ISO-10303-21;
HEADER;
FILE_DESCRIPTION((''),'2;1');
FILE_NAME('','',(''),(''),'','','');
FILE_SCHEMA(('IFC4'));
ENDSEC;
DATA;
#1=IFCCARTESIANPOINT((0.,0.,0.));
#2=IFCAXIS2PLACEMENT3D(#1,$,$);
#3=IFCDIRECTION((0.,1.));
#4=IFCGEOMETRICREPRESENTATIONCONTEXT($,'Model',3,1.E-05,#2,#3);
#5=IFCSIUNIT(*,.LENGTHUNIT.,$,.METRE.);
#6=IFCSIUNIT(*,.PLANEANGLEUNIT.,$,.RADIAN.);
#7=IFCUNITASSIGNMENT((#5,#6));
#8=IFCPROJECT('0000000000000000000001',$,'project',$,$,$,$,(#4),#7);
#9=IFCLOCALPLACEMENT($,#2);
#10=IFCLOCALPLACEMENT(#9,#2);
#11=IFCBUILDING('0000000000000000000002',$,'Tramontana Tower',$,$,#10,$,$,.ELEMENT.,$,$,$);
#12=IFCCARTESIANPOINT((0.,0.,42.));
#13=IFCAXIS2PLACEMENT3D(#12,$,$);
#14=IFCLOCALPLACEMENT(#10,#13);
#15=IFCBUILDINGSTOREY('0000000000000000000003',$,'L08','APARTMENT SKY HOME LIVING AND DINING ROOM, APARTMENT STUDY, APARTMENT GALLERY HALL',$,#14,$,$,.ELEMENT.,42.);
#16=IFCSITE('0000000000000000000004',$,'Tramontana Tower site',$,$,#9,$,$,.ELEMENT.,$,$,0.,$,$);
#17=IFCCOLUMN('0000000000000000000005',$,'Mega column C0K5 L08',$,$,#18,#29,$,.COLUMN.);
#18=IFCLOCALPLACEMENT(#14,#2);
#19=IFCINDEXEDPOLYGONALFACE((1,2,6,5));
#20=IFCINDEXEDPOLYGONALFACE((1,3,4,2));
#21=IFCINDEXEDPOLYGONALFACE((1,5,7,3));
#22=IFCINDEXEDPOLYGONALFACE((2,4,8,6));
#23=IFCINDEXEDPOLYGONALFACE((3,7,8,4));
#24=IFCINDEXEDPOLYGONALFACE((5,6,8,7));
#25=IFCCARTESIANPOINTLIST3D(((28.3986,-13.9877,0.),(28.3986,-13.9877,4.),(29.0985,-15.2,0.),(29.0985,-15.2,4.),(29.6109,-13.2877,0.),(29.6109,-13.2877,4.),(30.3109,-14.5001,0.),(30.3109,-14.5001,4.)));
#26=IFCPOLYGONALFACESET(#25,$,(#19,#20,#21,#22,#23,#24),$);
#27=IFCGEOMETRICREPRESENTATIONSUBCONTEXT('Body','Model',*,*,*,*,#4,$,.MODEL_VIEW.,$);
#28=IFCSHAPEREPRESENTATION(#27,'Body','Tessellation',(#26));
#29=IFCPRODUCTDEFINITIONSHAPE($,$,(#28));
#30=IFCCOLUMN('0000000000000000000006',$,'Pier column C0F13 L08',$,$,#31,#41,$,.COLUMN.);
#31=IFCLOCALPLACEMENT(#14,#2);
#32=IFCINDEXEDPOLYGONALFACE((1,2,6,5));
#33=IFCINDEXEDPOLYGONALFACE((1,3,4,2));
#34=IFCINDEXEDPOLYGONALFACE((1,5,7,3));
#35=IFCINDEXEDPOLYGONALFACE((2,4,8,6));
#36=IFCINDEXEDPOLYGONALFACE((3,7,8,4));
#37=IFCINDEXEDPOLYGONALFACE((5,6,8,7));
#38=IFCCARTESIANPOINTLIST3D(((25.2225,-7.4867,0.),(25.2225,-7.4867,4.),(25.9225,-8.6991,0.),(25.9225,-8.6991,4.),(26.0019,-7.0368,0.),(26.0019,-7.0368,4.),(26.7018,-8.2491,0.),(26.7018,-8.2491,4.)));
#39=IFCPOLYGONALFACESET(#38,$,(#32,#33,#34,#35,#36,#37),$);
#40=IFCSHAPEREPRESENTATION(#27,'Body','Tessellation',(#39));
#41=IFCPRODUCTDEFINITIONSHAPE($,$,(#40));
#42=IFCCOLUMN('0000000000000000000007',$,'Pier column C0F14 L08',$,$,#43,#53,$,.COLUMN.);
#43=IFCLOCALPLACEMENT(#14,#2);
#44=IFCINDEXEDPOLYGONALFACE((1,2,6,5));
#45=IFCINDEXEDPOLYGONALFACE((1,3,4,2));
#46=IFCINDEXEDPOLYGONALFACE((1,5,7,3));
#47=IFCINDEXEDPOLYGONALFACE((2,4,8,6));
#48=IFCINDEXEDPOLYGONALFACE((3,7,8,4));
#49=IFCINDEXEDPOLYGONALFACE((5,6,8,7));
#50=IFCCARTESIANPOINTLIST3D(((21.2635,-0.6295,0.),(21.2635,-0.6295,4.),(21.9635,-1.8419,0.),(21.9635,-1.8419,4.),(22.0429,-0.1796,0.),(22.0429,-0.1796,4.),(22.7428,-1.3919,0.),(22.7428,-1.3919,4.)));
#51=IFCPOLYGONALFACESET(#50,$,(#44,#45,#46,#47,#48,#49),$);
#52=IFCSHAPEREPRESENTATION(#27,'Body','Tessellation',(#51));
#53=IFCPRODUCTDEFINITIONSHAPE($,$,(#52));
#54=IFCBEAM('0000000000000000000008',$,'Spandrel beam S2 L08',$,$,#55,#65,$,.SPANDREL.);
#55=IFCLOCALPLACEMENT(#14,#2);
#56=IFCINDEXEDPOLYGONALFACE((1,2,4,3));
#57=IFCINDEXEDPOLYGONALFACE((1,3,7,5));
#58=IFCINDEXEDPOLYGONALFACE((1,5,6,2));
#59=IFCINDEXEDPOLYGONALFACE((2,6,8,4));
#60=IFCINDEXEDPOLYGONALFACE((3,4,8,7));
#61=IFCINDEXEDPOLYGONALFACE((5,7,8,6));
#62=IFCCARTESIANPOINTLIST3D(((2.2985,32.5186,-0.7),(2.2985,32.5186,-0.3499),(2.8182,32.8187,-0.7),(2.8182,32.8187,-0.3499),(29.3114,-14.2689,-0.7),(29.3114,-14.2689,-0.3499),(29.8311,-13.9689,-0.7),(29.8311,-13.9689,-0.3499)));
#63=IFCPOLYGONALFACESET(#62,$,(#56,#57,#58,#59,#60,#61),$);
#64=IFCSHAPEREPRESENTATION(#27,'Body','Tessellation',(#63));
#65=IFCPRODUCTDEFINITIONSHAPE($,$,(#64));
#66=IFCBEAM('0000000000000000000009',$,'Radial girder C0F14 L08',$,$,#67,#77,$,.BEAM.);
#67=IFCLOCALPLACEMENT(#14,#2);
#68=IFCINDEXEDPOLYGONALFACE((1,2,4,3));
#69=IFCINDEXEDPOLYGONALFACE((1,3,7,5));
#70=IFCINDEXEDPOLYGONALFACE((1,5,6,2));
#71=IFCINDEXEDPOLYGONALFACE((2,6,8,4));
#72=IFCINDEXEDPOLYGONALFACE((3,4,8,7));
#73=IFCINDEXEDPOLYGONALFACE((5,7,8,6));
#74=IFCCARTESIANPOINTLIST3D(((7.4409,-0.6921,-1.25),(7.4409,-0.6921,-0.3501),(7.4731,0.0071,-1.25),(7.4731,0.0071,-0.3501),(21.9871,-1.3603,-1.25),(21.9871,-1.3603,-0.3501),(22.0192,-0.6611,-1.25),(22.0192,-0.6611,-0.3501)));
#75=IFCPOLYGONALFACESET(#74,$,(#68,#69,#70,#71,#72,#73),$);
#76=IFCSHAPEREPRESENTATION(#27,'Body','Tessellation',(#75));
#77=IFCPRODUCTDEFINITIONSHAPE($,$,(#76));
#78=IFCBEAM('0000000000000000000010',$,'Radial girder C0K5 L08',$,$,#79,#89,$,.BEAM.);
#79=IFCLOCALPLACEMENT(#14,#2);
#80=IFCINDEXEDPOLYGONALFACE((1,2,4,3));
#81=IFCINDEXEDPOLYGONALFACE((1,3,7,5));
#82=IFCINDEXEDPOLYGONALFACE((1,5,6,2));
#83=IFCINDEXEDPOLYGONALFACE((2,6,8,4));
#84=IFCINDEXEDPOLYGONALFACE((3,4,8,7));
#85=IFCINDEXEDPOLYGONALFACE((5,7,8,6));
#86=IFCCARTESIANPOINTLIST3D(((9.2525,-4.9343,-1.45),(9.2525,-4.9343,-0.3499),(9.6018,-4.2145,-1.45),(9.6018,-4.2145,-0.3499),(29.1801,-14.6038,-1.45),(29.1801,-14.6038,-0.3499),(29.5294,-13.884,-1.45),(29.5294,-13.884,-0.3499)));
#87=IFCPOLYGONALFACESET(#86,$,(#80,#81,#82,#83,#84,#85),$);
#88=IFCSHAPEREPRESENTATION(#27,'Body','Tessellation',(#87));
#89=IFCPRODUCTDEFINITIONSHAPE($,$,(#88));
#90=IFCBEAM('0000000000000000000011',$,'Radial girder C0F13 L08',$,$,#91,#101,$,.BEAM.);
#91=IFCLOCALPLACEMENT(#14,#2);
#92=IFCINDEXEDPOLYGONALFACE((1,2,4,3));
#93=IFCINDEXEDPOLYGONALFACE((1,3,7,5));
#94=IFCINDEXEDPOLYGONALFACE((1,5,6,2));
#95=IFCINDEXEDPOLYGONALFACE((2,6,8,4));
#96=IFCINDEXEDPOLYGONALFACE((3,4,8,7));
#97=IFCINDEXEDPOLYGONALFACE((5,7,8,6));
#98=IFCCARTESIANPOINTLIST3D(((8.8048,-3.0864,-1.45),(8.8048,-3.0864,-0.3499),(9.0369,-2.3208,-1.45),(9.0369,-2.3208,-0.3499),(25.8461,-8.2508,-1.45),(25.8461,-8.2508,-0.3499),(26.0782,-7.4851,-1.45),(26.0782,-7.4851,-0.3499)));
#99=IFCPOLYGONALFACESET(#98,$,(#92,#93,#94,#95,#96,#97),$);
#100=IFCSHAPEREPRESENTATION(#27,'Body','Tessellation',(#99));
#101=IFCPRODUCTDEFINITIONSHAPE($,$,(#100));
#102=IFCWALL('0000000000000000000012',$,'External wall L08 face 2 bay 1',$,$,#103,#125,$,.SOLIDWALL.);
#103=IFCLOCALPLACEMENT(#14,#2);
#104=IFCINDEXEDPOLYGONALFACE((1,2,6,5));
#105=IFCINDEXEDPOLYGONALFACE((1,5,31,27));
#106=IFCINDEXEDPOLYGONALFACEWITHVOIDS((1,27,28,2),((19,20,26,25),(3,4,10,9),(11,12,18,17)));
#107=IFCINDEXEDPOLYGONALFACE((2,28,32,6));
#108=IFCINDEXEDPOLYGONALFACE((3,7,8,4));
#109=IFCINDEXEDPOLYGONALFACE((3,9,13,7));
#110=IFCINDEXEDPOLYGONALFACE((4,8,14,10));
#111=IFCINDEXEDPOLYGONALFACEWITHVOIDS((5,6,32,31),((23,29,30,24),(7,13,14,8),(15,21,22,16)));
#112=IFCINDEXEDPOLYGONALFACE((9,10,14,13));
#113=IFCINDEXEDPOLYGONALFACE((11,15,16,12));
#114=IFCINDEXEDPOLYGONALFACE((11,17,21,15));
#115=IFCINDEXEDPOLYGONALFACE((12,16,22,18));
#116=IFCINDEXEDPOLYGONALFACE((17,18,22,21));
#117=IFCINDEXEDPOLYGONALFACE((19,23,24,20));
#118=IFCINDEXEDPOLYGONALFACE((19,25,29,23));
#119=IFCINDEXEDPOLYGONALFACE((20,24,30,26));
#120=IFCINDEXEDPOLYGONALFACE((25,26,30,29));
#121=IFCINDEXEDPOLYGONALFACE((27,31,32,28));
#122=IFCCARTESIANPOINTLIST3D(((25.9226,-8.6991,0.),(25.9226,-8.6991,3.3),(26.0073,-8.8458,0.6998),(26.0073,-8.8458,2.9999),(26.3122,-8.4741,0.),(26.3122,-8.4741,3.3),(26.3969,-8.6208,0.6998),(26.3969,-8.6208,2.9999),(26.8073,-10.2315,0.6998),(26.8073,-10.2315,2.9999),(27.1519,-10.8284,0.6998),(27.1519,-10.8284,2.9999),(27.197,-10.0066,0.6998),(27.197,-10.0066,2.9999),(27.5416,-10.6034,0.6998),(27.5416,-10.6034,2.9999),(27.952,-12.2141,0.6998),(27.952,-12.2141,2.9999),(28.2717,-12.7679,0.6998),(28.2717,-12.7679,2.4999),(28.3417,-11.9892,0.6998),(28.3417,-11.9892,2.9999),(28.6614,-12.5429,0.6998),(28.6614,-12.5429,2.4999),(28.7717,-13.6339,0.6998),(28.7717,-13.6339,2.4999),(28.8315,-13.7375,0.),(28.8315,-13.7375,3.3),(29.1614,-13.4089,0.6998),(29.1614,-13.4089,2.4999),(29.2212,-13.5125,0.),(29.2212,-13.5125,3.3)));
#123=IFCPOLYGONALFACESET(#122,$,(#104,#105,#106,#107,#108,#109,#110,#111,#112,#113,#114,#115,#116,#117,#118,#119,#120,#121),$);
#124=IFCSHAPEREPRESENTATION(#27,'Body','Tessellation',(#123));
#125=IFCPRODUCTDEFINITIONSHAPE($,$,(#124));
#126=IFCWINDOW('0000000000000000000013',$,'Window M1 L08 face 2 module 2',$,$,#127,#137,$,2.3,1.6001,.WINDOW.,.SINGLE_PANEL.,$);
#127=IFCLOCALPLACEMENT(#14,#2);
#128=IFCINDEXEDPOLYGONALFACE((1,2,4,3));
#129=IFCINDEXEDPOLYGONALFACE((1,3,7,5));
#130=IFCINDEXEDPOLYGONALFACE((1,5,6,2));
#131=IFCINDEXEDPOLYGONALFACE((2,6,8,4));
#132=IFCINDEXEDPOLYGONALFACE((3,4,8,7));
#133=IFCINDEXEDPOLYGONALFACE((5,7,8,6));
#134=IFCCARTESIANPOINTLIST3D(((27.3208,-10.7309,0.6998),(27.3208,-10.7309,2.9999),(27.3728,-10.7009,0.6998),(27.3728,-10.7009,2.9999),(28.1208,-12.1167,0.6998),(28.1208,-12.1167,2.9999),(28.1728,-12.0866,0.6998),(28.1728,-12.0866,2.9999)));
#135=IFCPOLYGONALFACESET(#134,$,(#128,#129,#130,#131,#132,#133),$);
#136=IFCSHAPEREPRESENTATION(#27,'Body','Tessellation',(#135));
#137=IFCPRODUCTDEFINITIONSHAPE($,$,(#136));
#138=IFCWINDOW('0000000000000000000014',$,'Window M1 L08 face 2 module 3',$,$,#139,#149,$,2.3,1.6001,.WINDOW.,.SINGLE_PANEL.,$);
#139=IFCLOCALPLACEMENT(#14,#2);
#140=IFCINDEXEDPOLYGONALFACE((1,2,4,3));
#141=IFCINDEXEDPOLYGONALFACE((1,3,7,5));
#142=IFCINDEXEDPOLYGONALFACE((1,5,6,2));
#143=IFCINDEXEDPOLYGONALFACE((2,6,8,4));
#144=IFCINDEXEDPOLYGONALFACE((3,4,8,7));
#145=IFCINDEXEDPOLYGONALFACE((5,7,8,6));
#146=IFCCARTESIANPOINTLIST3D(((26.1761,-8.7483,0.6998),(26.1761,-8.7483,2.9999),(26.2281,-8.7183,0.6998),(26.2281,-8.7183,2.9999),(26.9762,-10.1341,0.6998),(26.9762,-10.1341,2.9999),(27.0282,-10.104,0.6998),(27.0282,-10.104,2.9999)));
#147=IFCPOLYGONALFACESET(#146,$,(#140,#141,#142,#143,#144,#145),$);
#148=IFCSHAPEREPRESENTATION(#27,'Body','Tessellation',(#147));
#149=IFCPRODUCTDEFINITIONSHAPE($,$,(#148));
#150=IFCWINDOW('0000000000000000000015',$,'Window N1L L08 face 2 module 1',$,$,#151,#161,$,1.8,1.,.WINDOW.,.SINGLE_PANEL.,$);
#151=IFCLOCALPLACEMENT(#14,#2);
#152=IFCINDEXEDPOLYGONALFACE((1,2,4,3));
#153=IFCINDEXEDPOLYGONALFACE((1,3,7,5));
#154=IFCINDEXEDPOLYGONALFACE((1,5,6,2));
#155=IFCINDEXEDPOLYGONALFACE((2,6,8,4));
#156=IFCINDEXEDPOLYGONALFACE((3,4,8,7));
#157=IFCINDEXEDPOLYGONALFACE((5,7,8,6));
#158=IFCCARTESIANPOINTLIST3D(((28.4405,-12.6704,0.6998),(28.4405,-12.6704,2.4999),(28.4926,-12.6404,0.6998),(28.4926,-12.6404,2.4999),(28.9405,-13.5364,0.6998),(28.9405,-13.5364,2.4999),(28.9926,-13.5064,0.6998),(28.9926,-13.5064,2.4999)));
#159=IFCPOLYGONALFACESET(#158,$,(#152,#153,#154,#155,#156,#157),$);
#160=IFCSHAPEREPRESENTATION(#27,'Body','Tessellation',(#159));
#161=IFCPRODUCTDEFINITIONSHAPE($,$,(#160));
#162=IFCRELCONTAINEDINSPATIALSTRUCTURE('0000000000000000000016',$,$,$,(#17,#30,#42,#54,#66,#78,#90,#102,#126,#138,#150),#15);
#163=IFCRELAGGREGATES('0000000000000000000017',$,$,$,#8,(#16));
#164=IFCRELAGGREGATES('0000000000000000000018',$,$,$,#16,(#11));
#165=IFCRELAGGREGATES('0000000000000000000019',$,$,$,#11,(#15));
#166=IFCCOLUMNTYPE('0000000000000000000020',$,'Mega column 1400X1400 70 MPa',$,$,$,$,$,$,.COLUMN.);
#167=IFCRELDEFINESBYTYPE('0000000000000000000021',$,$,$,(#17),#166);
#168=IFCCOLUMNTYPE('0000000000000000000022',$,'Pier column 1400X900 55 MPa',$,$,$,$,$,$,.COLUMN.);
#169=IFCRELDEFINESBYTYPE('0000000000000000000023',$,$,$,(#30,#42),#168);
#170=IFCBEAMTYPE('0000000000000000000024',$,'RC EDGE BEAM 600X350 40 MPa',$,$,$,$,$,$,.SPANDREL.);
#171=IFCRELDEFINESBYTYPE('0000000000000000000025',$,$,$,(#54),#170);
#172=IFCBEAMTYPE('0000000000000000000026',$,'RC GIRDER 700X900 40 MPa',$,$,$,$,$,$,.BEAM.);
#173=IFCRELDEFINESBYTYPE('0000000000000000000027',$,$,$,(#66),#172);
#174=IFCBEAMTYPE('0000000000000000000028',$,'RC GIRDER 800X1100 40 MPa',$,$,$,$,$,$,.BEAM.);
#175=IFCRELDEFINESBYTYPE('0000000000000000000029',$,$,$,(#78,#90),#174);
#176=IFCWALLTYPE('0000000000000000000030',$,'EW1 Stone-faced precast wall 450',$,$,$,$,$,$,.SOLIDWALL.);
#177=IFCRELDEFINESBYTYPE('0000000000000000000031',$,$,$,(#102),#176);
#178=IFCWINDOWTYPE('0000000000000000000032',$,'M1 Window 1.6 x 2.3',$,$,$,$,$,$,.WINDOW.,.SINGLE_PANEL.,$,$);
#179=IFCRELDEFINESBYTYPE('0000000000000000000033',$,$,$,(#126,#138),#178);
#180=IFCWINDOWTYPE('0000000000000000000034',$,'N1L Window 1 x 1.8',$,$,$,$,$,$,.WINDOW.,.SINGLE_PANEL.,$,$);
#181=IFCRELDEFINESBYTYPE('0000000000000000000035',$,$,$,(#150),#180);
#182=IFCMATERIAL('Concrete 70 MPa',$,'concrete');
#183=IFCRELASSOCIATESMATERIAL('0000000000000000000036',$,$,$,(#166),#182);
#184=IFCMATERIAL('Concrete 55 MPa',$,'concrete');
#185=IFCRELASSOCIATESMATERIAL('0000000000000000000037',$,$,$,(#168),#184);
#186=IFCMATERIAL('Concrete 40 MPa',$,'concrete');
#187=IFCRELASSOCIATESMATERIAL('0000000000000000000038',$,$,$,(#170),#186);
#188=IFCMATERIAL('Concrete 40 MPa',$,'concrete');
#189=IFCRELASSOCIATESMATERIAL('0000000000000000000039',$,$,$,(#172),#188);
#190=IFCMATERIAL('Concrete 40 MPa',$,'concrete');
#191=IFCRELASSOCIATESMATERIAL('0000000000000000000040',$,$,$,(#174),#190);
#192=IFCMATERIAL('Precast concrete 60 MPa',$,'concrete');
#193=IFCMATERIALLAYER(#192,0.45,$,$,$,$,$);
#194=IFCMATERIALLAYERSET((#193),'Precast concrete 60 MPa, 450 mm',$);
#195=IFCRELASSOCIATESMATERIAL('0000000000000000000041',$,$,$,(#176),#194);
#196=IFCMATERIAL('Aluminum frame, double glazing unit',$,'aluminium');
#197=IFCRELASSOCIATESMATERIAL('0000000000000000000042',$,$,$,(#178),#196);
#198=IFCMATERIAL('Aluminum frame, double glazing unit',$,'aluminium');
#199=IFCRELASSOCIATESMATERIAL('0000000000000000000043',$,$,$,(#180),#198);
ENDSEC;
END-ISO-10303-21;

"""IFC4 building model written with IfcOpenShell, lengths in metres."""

from ifc_helpers import new_model, si_unit, direction, frame, frame_2d, origin, origin_2d, place, context, subcontext, project, spatial, rectangle, extrude, material, layer, layer_set, material_profile, profile_set, type_object, element, fill, save


model = new_model("IFC4")

# Units and contexts
model_context = context("Model", 3, precision=1e-05, world=origin(), true_north=direction((0.0, 1.0)))
body_context = subcontext(model_context, "Body", "Model", "MODEL_VIEW")
ifc_project = project(units=[si_unit("LENGTHUNIT", "METRE"), si_unit("PLANEANGLEUNIT", "RADIAN")], contexts=[model_context])

# Site, building, storey
site_placement = place(None, origin())
site = spatial("IfcSite", under=ifc_project, at=site_placement, Name="Tramontana Tower site", CompositionType="ELEMENT", RefElevation=0.0)
building_placement = place(site_placement, origin())
building = spatial("IfcBuilding", under=site, at=building_placement, Name="Tramontana Tower", CompositionType="ELEMENT")
storey_placement = place(building_placement, frame((0.0, 0.0, 42.0)))
storey = spatial("IfcBuildingStorey", under=building, at=storey_placement, Name="L08", Description="APARTMENT SKY HOME LIVING AND DINING ROOM, APARTMENT STUDY, APARTMENT GALLERY HALL", CompositionType="ELEMENT", Elevation=42.0)

# Columns
ifc_material_1 = material(Name="Concrete 70 MPa", Category="concrete")
ifc_material_profile_1 = material_profile(ifc_material_1, rectangle(XDim=1.3999, YDim=1.3999, at=origin_2d()), Name="Mega column 1400X1400 70 MPa")
ifc_profile_set_1 = profile_set([ifc_material_profile_1], Name="Concrete 70 MPa")
column_type_1 = type_object("IfcColumnType", Name="Mega column 1400X1400 70 MPa", PredefinedType="COLUMN", material=ifc_profile_set_1)
column_placement = place(storey_placement, frame((29.3547, -14.2439, 0.0), z_axis=(0.0, 0.0, 1.0), x_axis=(-0.5, 0.866025, 0.0)))
element("IfcColumn", 1, at=column_placement, inside=storey, type_object=column_type_1, Name="Mega column C0K5 L08", PredefinedType="COLUMN", context=body_context, shape_type="SweptSolid", body=[
    extrude(rectangle(XDim=1.3999, YDim=1.3999, at=origin_2d()), origin(), (0.0, 0.0, 1.0), 4.0),
])
ifc_material_2 = material(Name="Concrete 55 MPa", Category="concrete")
ifc_material_profile_2 = material_profile(ifc_material_2, rectangle(XDim=1.3999, YDim=0.8999, at=origin_2d()), Name="Pier column 1400X900 55 MPa")
ifc_profile_set_2 = profile_set([ifc_material_profile_2], Name="Concrete 55 MPa")
column_type_2 = type_object("IfcColumnType", Name="Pier column 1400X900 55 MPa", PredefinedType="COLUMN", material=ifc_profile_set_2)
for number, where, z_axis, x_axis, name in (
    (2, (25.9622, -7.8679, 0.0), (0.0, 0.0, 1.0), (-0.5, 0.866025, 0.0), "Pier column C0F13 L08"),
    (3, (22.0032, -1.0107, 0.0), (0.0, 0.0, 1.0), (-0.5, 0.866025, 0.0), "Pier column C0F14 L08"),
):
    element("IfcColumn", number, at=place(storey_placement, frame(where, z_axis=z_axis, x_axis=x_axis)), inside=storey, type_object=column_type_2, Name=name, PredefinedType="COLUMN", context=body_context, shape_type="SweptSolid", body=[
        extrude(rectangle(XDim=1.3999, YDim=0.8999, at=origin_2d()), origin(), (0.0, 0.0, 1.0), 4.0),
    ])

# Beams
ifc_material_3 = material(Name="Concrete 40 MPa", Category="concrete")
ifc_material_profile_3 = material_profile(ifc_material_3, rectangle(XDim=0.6001, YDim=0.3501, at=origin_2d()), Name="RC EDGE BEAM 600X350 40 MPa")
ifc_profile_set_3 = profile_set([ifc_material_profile_3], Name="Concrete 40 MPa")
beam_type_1 = type_object("IfcBeamType", Name="RC EDGE BEAM 600X350 40 MPa", PredefinedType="SPANDREL", material=ifc_profile_set_3)
beam_1_placement = place(storey_placement, frame((29.5713, -14.1189, -0.5249), z_axis=(-0.500001, 0.866025, 0.0), x_axis=(-0.866025, -0.500001, 0.0)))
element("IfcBeam", 4, at=beam_1_placement, inside=storey, type_object=beam_type_1, Name="Spandrel beam S2 L08", PredefinedType="SPANDREL", context=body_context, shape_type="SweptSolid", body=[
    extrude(rectangle(XDim=0.6001, YDim=0.3501, at=origin_2d()), origin(), (0.0, 0.0, 1.0), 54.0256),
])
ifc_material_4 = material(Name="Concrete 40 MPa", Category="concrete")
ifc_material_profile_4 = material_profile(ifc_material_4, rectangle(XDim=0.7, YDim=0.8999, at=origin_2d()), Name="RC GIRDER 700X900 40 MPa")
ifc_profile_set_4 = profile_set([ifc_material_profile_4], Name="Concrete 40 MPa")
beam_type_2 = type_object("IfcBeamType", Name="RC GIRDER 700X900 40 MPa", PredefinedType="BEAM", material=ifc_profile_set_4)
beam_2_placement = place(storey_placement, frame((22.0032, -1.0107, -0.8), z_axis=(-0.998947, 0.045889, 0.0), x_axis=(-0.045889, -0.998947, 0.0)))
element("IfcBeam", 5, at=beam_2_placement, inside=storey, type_object=beam_type_2, Name="Radial girder C0F14 L08", PredefinedType="BEAM", context=body_context, shape_type="SweptSolid", body=[
    extrude(rectangle(XDim=0.7, YDim=0.8999, at=origin_2d()), origin(), (0.0, 0.0, 1.0), 14.5615),
])
ifc_material_5 = material(Name="Concrete 40 MPa", Category="concrete")
ifc_material_profile_5 = material_profile(ifc_material_5, rectangle(XDim=0.8, YDim=1.1001, at=origin_2d()), Name="RC GIRDER 800X1100 40 MPa")
ifc_profile_set_5 = profile_set([ifc_material_profile_5], Name="Concrete 40 MPa")
beam_type_3 = type_object("IfcBeamType", Name="RC GIRDER 800X1100 40 MPa", PredefinedType="BEAM", material=ifc_profile_set_5)
beam_3_placement = place(storey_placement, frame((29.3547, -14.2439, -0.8999), z_axis=(-0.899679, 0.436552, 0.0), x_axis=(-0.436552, -0.899679, 0.0)))
element("IfcBeam", 6, at=beam_3_placement, inside=storey, type_object=beam_type_3, Name="Radial girder C0K5 L08", PredefinedType="BEAM", context=body_context, shape_type="SweptSolid", body=[
    extrude(rectangle(XDim=0.8, YDim=1.1001, at=origin_2d()), origin(), (0.0, 0.0, 1.0), 22.1497),
])
beam_4_placement = place(storey_placement, frame((25.9622, -7.8679, -0.8999), z_axis=(-0.95702, 0.290022, 0.0), x_axis=(-0.290022, -0.95702, 0.0)))
element("IfcBeam", 7, at=beam_4_placement, inside=storey, type_object=beam_type_3, Name="Radial girder C0F13 L08", PredefinedType="BEAM", context=body_context, shape_type="SweptSolid", body=[
    extrude(rectangle(XDim=0.8, YDim=1.1001, at=origin_2d()), origin(), (0.0, 0.0, 1.0), 17.8066),
])

# Wall, openings, windows
ifc_material_6 = material(Name="Precast concrete 60 MPa", Category="concrete")
ifc_layer_1 = layer(ifc_material_6, 0.45)
ifc_layer_set_1 = layer_set([ifc_layer_1], Name="Precast concrete 60 MPa, 450 mm")
wall_type_1 = type_object("IfcWallType", Name="EW1 Stone-faced precast wall 450", PredefinedType="SOLIDWALL", material=ifc_layer_set_1)
wall_1_placement = place(storey_placement, frame((29.0264, -13.625, 0.0), z_axis=(0.0, 0.0, 1.0), x_axis=(-0.500007, 0.866021, 0.0)))
wall_1 = element("IfcWall", 8, at=wall_1_placement, inside=storey, type_object=wall_type_1, Name="External wall L08 face 2 bay 1", PredefinedType="SOLIDWALL", context=body_context, shape_type="SweptSolid", body=[
    extrude(rectangle(XDim=5.8179, YDim=0.45, at=frame_2d((2.9089, 0.0))), origin(), (0.0, 0.0, 1.0), 3.3),
])
opening_1_placement = place(wall_1_placement, frame((0.1196, 0.0, 0.7)))
opening_1 = element("IfcOpeningElement", 9, at=opening_1_placement, cuts=wall_1, PredefinedType="OPENING", context=body_context, shape_type="SweptSolid", body=[
    extrude(rectangle(XDim=1.0, YDim=1.8, at=frame_2d((0.5, 0.8999))), frame((0.0, 0.2349, 0.0), z_axis=(0.0, -1.0, 0.0), x_axis=(1.0, 0.0, 0.0)), (0.0, 0.0, 1.0), 0.47),
])
opening_2_placement = place(wall_1_placement, frame((1.759, 0.0, 0.7)))
opening_2 = element("IfcOpeningElement", 10, at=opening_2_placement, cuts=wall_1, PredefinedType="OPENING", context=body_context, shape_type="SweptSolid", body=[
    extrude(rectangle(XDim=1.6001, YDim=2.3, at=frame_2d((0.8, 1.1499))), frame((0.0, 0.2349, 0.0), z_axis=(0.0, -1.0, 0.0), x_axis=(1.0, 0.0, 0.0)), (0.0, 0.0, 1.0), 0.47),
])
opening_3_placement = place(wall_1_placement, frame((4.0483, 0.0, 0.7)))
opening_3 = element("IfcOpeningElement", 11, at=opening_3_placement, cuts=wall_1, PredefinedType="OPENING", context=body_context, shape_type="SweptSolid", body=[
    extrude(rectangle(XDim=1.6001, YDim=2.3, at=frame_2d((0.8, 1.1499))), frame((0.0, 0.2349, 0.0), z_axis=(0.0, -1.0, 0.0), x_axis=(1.0, 0.0, 0.0)), (0.0, 0.0, 1.0), 0.47),
])
ifc_material_7 = material(Name="Aluminum frame, double glazing unit", Category="aluminium")
window_type_1 = type_object("IfcWindowType", Name="M1 Window 1.6 x 2.3", PartitioningType="SINGLE_PANEL", PredefinedType="WINDOW", material=ifc_material_7)
window_1_placement = place(opening_2_placement, origin())
window_1 = element("IfcWindow", 12, at=window_1_placement, inside=storey, type_object=window_type_1, Name="Window M1 L08 face 2 module 2", OverallHeight=2.3, OverallWidth=1.6001, PartitioningType="SINGLE_PANEL", PredefinedType="WINDOW", context=body_context, shape_type="SweptSolid", body=[
    extrude(rectangle(XDim=1.6001, YDim=2.3, at=frame_2d((0.8, 1.1499))), frame((0.0, 0.03, 0.0), z_axis=(0.0, -1.0, 0.0), x_axis=(1.0, 0.0, 0.0)), (0.0, 0.0, 1.0), 0.0601),
])
fill(opening_2, window_1)
window_2_placement = place(opening_3_placement, origin())
window_2 = element("IfcWindow", 13, at=window_2_placement, inside=storey, type_object=window_type_1, Name="Window M1 L08 face 2 module 3", OverallHeight=2.3, OverallWidth=1.6001, PartitioningType="SINGLE_PANEL", PredefinedType="WINDOW", context=body_context, shape_type="SweptSolid", body=[
    extrude(rectangle(XDim=1.6001, YDim=2.3, at=frame_2d((0.8, 1.1499))), frame((0.0, 0.03, 0.0), z_axis=(0.0, -1.0, 0.0), x_axis=(1.0, 0.0, 0.0)), (0.0, 0.0, 1.0), 0.0601),
])
fill(opening_3, window_2)
ifc_material_8 = material(Name="Aluminum frame, double glazing unit", Category="aluminium")
window_type_2 = type_object("IfcWindowType", Name="N1L Window 1 x 1.8", PartitioningType="SINGLE_PANEL", PredefinedType="WINDOW", material=ifc_material_8)
window_3_placement = place(opening_1_placement, origin())
window_3 = element("IfcWindow", 14, at=window_3_placement, inside=storey, type_object=window_type_2, Name="Window N1L L08 face 2 module 1", OverallHeight=1.8, OverallWidth=1.0, PartitioningType="SINGLE_PANEL", PredefinedType="WINDOW", context=body_context, shape_type="SweptSolid", body=[
    extrude(rectangle(XDim=1.0, YDim=1.8, at=frame_2d((0.5, 0.8999))), frame((0.0, 0.03, 0.0), z_axis=(0.0, -1.0, 0.0), x_axis=(1.0, 0.0, 0.0)), (0.0, 0.0, 1.0), 0.0601),
])
fill(opening_1, window_3)

save(model, "model.ifc")
